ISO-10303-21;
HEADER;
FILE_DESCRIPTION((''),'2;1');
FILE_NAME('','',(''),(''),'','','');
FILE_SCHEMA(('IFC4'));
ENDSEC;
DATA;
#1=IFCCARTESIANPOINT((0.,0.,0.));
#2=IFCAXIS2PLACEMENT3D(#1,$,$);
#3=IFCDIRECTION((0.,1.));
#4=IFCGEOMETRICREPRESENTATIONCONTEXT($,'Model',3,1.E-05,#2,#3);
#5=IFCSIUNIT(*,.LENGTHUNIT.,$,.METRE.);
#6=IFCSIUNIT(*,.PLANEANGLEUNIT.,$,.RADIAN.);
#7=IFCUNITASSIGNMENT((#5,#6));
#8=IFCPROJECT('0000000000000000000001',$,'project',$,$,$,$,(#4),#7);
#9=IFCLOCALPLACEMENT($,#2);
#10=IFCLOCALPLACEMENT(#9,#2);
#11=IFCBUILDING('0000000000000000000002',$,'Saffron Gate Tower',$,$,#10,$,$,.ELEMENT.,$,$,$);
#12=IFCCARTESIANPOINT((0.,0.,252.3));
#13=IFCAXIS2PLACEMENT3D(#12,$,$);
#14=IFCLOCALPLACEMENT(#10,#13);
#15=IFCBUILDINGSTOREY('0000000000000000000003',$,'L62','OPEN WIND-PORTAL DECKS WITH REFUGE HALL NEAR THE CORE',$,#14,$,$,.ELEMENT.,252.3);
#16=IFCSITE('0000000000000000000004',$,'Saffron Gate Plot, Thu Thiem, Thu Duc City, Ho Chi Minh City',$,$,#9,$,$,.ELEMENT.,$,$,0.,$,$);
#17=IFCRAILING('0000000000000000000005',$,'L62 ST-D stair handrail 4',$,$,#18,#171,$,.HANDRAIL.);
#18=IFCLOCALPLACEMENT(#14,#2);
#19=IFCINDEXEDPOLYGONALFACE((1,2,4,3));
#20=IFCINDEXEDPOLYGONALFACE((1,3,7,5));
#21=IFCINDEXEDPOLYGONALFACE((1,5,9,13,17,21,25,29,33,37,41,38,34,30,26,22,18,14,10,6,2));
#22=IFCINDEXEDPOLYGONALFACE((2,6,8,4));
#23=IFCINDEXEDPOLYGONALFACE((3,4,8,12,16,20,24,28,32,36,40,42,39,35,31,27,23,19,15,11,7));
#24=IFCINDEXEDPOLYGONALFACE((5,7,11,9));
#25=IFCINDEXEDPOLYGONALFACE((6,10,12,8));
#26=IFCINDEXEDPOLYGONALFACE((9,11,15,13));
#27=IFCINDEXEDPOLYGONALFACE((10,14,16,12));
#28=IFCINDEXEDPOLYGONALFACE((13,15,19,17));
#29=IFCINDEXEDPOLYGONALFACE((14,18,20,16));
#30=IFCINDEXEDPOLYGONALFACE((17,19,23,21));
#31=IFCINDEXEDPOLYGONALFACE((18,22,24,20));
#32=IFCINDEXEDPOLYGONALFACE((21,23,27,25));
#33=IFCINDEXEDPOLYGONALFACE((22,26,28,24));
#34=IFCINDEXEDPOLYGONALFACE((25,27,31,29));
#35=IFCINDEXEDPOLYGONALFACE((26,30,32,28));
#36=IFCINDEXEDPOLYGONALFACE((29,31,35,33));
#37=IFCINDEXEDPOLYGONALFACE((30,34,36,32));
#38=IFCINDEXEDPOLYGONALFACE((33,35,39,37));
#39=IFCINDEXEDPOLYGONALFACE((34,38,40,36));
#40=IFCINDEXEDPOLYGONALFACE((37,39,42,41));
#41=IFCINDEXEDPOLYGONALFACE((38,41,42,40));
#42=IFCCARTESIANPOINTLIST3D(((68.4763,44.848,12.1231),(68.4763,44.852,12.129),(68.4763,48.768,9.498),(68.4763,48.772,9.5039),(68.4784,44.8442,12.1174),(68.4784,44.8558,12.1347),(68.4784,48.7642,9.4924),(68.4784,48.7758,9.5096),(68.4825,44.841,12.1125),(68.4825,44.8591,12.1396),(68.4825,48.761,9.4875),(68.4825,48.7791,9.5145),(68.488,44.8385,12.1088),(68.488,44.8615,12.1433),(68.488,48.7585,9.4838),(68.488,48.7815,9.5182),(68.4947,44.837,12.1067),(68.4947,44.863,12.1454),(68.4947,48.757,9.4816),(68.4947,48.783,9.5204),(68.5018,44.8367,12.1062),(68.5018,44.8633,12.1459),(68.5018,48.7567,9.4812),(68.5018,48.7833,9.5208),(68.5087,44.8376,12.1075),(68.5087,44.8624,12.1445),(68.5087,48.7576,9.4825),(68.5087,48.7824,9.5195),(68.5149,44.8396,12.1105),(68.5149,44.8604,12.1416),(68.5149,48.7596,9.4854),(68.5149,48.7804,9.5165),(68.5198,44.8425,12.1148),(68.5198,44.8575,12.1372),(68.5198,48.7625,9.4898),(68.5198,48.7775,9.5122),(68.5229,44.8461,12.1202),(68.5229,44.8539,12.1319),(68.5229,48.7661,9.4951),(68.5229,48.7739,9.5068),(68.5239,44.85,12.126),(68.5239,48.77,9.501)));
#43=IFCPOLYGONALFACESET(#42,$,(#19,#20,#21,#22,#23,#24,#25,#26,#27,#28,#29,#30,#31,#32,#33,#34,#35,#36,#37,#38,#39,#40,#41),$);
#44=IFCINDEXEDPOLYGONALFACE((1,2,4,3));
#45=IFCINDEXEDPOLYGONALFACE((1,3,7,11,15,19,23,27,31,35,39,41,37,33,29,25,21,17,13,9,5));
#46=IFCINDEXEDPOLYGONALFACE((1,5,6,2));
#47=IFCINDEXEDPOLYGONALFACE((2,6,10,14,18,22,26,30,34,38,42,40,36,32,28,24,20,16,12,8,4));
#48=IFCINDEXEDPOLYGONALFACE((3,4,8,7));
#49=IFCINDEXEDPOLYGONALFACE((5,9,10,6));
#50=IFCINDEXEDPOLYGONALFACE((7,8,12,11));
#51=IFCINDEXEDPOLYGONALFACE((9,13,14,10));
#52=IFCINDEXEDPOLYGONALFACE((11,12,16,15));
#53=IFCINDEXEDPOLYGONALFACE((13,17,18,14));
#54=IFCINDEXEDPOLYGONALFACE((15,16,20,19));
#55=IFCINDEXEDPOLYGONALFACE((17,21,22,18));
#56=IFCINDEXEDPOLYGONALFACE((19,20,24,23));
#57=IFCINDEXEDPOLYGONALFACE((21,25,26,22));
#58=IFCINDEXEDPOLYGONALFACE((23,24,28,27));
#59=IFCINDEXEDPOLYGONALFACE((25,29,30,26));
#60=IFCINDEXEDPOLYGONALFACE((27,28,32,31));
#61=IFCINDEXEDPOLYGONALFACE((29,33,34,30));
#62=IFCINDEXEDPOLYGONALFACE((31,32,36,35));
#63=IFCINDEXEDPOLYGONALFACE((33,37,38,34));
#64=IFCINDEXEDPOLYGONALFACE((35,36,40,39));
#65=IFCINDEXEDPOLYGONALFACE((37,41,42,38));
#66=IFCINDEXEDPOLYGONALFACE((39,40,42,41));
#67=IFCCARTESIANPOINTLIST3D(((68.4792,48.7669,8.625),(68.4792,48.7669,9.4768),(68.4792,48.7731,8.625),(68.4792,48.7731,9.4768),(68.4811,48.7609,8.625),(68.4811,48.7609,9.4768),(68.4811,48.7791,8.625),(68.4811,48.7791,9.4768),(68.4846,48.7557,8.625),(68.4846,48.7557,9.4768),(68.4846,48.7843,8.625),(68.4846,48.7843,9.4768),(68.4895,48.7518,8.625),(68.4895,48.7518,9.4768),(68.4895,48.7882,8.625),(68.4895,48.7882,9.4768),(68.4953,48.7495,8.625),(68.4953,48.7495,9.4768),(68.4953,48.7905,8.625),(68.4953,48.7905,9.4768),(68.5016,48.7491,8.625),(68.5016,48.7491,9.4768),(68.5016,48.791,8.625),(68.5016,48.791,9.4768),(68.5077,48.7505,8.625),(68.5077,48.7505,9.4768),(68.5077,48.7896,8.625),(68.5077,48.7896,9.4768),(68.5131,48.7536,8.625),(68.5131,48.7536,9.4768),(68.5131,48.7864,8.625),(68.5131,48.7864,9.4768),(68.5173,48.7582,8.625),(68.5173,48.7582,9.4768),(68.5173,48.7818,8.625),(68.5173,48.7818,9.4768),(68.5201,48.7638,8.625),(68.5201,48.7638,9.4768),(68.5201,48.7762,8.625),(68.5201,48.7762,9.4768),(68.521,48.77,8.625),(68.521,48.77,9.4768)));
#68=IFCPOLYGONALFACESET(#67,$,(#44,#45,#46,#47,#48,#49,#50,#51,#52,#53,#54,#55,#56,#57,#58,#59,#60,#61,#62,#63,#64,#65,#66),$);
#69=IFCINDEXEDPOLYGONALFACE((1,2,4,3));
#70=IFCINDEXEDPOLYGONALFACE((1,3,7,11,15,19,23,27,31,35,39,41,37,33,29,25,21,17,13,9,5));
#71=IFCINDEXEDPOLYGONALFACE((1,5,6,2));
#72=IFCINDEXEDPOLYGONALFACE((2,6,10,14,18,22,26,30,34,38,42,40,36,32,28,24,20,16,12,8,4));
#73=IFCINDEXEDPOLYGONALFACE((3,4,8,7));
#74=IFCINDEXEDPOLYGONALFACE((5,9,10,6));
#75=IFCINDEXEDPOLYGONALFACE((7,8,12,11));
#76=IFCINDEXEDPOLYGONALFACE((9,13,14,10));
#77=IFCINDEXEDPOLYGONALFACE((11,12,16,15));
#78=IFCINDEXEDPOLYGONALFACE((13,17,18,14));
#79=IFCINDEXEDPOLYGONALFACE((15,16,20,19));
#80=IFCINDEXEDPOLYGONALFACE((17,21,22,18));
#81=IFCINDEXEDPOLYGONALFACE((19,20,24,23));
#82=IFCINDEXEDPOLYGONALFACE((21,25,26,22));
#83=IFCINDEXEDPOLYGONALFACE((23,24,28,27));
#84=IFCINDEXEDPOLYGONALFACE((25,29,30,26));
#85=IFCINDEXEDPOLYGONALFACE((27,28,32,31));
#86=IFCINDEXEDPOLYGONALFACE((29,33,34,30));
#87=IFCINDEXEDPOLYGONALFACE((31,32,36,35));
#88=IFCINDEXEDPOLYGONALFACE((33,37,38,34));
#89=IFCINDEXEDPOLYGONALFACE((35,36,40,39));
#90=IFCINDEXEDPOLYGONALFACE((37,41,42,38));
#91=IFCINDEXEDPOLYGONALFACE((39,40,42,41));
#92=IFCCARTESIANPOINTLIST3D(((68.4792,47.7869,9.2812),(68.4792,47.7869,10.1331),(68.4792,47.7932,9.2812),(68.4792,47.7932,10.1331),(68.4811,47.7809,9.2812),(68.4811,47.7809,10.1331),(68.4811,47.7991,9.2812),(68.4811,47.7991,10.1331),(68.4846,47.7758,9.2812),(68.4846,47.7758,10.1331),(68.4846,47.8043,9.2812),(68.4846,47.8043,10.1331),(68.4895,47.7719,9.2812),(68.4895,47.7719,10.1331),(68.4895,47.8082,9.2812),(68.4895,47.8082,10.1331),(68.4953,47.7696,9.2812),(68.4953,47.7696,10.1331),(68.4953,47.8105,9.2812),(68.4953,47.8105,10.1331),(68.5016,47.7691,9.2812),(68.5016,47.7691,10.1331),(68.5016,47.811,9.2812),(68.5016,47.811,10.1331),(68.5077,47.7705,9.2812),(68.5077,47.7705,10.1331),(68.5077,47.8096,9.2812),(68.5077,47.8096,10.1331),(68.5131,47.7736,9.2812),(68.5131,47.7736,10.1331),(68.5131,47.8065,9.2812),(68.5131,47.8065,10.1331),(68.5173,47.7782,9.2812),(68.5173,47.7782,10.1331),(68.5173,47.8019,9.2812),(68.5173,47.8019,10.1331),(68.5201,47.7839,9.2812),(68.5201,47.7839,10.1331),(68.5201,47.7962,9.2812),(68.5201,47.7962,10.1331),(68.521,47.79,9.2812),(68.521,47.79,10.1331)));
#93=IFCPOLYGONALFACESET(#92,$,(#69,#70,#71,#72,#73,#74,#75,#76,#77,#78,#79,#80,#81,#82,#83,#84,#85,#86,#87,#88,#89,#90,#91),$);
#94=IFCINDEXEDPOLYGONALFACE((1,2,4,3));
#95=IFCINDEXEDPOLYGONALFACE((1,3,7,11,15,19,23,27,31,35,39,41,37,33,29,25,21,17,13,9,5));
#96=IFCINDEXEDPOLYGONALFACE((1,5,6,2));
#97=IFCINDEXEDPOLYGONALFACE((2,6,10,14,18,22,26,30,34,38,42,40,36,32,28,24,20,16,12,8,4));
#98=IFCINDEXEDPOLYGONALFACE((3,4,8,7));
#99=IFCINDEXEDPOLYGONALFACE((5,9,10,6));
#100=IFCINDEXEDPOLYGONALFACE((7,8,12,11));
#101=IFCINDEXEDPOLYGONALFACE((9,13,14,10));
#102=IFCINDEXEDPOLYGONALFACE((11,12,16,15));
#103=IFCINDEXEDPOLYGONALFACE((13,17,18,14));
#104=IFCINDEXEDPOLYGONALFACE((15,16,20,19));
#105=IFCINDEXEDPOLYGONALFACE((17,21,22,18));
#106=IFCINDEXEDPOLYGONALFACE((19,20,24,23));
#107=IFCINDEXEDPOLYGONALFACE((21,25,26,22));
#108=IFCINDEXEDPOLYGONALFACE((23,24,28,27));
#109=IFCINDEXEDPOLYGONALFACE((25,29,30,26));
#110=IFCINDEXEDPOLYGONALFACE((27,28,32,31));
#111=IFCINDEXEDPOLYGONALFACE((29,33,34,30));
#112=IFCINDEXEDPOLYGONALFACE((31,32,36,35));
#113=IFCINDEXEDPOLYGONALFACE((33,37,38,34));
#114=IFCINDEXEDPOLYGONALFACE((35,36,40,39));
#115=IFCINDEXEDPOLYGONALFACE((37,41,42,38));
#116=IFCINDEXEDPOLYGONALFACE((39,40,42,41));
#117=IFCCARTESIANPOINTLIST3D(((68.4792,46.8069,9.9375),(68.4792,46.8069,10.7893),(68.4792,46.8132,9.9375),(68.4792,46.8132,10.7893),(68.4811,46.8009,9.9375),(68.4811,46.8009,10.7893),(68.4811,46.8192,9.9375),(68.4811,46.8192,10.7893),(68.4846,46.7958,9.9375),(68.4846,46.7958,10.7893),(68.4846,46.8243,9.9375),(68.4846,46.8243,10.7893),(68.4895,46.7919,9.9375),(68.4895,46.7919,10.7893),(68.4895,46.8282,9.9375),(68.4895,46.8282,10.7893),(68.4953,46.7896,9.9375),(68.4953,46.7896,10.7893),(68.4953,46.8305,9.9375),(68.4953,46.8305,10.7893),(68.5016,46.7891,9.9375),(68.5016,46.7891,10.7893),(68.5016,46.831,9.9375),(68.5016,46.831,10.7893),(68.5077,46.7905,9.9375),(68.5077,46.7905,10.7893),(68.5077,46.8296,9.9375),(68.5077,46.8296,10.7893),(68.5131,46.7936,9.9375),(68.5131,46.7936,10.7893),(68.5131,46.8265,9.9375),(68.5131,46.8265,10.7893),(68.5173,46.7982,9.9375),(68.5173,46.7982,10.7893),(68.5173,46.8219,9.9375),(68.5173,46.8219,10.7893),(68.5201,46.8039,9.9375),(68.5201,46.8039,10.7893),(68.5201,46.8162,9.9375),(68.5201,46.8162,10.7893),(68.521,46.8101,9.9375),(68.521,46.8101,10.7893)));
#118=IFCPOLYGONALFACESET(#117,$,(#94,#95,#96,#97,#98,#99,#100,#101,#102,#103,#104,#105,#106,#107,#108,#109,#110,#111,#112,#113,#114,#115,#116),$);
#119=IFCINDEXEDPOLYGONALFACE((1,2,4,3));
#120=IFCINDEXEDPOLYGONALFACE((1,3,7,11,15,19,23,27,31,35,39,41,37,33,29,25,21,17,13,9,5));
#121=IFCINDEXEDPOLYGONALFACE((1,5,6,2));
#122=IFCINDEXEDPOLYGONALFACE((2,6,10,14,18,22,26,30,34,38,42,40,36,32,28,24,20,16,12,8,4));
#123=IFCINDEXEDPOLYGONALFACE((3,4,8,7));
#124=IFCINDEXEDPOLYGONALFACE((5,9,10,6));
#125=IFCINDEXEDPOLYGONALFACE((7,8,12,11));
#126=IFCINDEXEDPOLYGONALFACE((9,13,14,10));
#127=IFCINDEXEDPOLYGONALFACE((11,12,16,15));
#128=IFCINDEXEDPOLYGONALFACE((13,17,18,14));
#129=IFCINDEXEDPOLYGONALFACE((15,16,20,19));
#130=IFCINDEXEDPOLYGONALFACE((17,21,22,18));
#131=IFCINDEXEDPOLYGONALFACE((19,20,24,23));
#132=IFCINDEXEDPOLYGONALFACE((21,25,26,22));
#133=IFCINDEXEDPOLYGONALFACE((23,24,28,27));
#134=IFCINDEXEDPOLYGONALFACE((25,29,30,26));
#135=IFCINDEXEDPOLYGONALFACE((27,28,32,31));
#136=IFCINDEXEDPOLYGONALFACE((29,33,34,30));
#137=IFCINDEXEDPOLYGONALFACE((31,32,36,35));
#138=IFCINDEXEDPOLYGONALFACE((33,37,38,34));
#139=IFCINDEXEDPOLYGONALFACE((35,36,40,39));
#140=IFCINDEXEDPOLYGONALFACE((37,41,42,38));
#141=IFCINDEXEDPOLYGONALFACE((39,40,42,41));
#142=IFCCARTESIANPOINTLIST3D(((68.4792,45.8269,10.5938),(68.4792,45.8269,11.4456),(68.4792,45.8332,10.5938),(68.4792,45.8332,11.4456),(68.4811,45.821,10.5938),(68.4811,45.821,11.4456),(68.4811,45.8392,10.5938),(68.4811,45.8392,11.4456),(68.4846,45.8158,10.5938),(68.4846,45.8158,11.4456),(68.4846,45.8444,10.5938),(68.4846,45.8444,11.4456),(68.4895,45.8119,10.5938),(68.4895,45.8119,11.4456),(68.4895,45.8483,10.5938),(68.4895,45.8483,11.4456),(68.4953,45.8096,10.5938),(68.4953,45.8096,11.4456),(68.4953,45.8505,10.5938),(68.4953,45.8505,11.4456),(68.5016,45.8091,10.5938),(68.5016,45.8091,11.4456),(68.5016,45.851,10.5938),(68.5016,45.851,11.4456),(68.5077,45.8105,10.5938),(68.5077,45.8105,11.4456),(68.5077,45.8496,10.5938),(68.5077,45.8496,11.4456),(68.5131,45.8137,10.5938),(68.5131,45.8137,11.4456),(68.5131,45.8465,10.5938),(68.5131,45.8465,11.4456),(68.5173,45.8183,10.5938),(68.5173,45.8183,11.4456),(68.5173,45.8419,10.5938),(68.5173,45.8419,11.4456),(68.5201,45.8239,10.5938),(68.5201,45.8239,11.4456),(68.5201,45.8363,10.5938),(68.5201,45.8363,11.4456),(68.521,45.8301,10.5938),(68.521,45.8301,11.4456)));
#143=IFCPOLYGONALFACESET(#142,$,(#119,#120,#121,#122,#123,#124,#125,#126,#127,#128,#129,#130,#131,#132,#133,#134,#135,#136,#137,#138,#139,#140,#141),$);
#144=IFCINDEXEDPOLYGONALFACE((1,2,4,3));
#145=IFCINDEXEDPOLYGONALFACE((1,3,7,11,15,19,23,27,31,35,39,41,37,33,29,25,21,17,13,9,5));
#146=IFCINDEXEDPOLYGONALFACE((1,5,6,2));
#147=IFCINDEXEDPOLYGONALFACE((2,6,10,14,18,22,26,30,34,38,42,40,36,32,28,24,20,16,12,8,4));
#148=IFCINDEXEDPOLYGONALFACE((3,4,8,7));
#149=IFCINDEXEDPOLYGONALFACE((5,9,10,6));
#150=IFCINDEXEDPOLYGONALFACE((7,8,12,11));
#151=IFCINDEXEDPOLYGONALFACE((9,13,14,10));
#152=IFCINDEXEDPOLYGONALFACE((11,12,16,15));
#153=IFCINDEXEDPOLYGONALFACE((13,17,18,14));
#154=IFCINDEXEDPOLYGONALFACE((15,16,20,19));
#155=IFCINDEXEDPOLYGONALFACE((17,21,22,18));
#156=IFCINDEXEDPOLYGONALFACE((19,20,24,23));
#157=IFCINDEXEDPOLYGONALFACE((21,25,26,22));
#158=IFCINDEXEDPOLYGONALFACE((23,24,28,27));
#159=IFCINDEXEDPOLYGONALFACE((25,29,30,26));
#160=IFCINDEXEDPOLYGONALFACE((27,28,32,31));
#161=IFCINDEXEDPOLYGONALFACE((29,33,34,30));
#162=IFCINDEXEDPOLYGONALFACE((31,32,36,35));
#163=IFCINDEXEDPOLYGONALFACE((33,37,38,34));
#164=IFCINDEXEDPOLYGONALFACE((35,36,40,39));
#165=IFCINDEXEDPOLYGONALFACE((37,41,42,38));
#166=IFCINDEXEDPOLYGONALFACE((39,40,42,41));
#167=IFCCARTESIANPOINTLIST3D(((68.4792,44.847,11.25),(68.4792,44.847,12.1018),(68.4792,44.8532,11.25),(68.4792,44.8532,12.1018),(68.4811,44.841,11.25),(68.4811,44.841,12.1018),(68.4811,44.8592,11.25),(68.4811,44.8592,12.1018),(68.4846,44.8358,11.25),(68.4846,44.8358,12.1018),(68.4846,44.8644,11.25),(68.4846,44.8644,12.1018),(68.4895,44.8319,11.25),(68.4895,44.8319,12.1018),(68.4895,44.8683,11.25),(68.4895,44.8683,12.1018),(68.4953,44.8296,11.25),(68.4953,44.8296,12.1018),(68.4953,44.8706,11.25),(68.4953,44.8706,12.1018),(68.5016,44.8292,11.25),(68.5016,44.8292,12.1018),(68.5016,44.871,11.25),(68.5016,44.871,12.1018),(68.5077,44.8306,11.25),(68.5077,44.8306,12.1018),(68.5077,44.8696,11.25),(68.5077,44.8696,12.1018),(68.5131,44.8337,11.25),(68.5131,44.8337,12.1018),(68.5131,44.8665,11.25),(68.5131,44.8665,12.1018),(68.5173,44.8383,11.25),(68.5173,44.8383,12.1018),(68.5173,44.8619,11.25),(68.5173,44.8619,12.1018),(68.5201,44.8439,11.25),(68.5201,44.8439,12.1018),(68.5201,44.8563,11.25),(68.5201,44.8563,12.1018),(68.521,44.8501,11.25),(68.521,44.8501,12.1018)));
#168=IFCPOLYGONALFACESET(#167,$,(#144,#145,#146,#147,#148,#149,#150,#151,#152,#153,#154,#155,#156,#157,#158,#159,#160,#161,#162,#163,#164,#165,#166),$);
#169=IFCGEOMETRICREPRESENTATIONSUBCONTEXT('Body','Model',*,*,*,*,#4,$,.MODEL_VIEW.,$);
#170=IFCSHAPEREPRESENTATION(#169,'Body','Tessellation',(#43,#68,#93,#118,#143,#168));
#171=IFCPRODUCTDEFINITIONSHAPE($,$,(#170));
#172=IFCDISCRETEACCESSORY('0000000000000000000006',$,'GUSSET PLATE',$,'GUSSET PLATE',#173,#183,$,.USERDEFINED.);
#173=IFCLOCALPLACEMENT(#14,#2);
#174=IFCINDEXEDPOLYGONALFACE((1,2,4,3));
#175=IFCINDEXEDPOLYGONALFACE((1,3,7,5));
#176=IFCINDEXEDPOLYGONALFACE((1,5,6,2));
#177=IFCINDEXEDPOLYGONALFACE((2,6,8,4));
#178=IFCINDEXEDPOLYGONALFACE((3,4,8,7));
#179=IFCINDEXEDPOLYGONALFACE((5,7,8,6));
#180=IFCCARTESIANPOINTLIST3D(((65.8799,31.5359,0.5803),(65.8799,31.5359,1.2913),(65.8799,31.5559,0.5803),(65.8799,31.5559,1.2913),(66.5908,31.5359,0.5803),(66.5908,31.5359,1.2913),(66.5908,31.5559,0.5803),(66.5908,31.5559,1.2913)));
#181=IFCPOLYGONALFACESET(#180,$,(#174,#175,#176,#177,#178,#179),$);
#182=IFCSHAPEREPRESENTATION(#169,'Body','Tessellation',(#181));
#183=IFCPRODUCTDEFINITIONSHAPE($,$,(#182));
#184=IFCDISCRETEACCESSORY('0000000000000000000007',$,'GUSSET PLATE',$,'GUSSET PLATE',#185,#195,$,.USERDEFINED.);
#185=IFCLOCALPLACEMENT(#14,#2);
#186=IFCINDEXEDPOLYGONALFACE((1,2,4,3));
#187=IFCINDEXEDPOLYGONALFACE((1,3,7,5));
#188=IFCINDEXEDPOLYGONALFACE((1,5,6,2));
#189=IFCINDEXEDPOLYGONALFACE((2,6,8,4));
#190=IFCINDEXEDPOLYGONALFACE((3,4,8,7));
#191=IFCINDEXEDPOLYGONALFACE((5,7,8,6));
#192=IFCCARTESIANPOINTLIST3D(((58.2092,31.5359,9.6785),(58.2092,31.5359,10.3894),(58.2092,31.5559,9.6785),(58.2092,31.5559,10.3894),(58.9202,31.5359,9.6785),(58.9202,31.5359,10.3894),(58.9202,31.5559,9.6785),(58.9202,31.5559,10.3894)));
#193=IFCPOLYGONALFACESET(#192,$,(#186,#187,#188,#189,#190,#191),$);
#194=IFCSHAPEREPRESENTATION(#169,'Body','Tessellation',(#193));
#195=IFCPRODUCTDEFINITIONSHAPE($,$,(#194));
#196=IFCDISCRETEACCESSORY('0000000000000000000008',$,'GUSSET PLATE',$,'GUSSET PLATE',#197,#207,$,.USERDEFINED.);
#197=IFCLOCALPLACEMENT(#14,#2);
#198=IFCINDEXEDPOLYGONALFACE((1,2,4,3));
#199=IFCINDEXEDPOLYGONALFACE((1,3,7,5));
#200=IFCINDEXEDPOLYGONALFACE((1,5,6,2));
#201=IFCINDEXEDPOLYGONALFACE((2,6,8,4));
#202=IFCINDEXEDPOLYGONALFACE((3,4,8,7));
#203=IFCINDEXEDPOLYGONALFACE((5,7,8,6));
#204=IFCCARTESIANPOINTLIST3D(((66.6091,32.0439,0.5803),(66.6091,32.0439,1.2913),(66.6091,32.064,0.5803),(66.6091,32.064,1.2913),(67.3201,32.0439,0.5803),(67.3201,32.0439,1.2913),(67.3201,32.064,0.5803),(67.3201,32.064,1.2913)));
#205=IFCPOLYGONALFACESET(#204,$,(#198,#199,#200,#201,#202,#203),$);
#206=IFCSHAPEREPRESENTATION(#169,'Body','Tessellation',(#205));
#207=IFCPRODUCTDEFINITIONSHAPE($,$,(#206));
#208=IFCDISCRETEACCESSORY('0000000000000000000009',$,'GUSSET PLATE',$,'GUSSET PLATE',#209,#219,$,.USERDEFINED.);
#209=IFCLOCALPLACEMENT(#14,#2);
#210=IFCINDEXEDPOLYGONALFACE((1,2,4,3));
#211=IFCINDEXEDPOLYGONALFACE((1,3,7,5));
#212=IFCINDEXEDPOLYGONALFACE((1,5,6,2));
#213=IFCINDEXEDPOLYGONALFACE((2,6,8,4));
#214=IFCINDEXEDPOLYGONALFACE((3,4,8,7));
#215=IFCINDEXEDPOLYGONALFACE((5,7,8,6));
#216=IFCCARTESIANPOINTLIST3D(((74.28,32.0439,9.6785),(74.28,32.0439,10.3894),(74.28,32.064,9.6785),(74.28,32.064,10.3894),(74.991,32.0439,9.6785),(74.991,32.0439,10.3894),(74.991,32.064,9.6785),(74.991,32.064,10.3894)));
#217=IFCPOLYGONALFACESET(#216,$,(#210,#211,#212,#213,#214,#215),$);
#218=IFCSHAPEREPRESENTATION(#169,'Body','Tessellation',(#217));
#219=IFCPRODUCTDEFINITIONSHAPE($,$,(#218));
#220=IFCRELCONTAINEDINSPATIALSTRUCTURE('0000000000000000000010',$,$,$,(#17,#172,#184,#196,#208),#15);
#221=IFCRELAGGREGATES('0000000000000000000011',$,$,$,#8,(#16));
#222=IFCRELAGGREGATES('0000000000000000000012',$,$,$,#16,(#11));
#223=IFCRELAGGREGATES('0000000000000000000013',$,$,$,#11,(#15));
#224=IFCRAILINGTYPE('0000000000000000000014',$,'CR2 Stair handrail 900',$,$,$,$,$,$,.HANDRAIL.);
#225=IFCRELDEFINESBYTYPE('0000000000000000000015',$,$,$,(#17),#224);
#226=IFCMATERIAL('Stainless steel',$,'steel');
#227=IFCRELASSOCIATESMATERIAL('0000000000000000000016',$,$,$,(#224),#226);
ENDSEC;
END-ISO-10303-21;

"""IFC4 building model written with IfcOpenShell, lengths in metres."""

from ifc_helpers import new_model, si_unit, direction, frame, origin, origin_2d, place, context, subcontext, project, spatial, rectangle, circle, extrude, material, type_object, element, save


model = new_model("IFC4")

# Units and contexts
model_context = context("Model", 3, precision=1e-05, world=origin(), true_north=direction((0.0, 1.0)))
body_context = subcontext(model_context, "Body", "Model", "MODEL_VIEW")
ifc_project = project(units=[si_unit("LENGTHUNIT", "METRE"), si_unit("PLANEANGLEUNIT", "RADIAN")], contexts=[model_context])

# Site, building, storey
site_placement = place(None, origin())
site = spatial("IfcSite", under=ifc_project, at=site_placement, Name="Saffron Gate Plot, Thu Thiem, Thu Duc City, Ho Chi Minh City", CompositionType="ELEMENT", RefElevation=0.0)
building_placement = place(site_placement, origin())
building = spatial("IfcBuilding", under=site, at=building_placement, Name="Saffron Gate Tower", CompositionType="ELEMENT")
storey_placement = place(building_placement, frame((0.0, 0.0, 252.3)))
storey = spatial("IfcBuildingStorey", under=building, at=storey_placement, Name="L62", Description="OPEN WIND-PORTAL DECKS WITH REFUGE HALL NEAR THE CORE", CompositionType="ELEMENT", Elevation=252.3)

# Railing
ifc_material_1 = material(Name="Stainless steel", Category="steel")
railing_type_1 = type_object("IfcRailingType", Name="CR2 Stair handrail 900", PredefinedType="HANDRAIL", material=ifc_material_1)
railing_1_placement = place(storey_placement, frame((68.5, 48.77, 8.625)))
element("IfcRailing", 1, at=railing_1_placement, inside=storey, type_object=railing_type_1, Name="L62 ST-D stair handrail 4", PredefinedType="HANDRAIL", context=body_context, shape_type="SweptSolid", body=[
    extrude(circle(Radius=0.0239, at=origin_2d()), frame((0.0, 0.0, 0.876), z_axis=(0.0, -0.830902, 0.556419), x_axis=(1.0, 0.0, 0.0)), (0.0, 0.0, 1.0), 4.7178),
    extrude(circle(Radius=0.021, at=origin_2d()), origin(), (0.0, 0.0, 1.0), 0.8518),
    extrude(circle(Radius=0.021, at=origin_2d()), frame((0.0, -0.98, 0.6562)), (0.0, 0.0, 1.0), 0.8518),
    extrude(circle(Radius=0.021, at=origin_2d()), frame((0.0, -1.96, 1.3125)), (0.0, 0.0, 1.0), 0.8518),
    extrude(circle(Radius=0.021, at=origin_2d()), frame((0.0, -2.9399, 1.9688)), (0.0, 0.0, 1.0), 0.8518),
    extrude(circle(Radius=0.021, at=origin_2d()), frame((0.0, -3.9199, 2.625)), (0.0, 0.0, 1.0), 0.8518),
])

# Discrete accessories
for number, where, z_axis, x_axis, name in (
    (2, (66.2354, 31.5459, 0.5803), (0.0, 0.0, 1.0), (-1.0, 0.0, 0.0), "GUSSET PLATE"),
    (3, (58.5647, 31.5459, 9.6785), (0.0, 0.0, 1.0), (-1.0, 0.0, 0.0), "GUSSET PLATE"),
    (4, (66.9646, 32.054, 0.5803), (0.0, 0.0, 1.0), (1.0, 0.0, 0.0), "GUSSET PLATE"),
    (5, (74.6355, 32.054, 9.6785), (0.0, 0.0, 1.0), (1.0, 0.0, 0.0), "GUSSET PLATE"),
):
    element("IfcDiscreteAccessory", number, at=place(storey_placement, frame(where, z_axis=z_axis, x_axis=x_axis)), inside=storey, Name=name, ObjectType="GUSSET PLATE", PredefinedType="USERDEFINED", context=body_context, shape_type="SweptSolid", body=[
        extrude(rectangle(XDim=0.7109, YDim=0.02, at=origin_2d()), origin(), (0.0, 0.0, 1.0), 0.7109),
    ])

save(model, "model.ifc")
